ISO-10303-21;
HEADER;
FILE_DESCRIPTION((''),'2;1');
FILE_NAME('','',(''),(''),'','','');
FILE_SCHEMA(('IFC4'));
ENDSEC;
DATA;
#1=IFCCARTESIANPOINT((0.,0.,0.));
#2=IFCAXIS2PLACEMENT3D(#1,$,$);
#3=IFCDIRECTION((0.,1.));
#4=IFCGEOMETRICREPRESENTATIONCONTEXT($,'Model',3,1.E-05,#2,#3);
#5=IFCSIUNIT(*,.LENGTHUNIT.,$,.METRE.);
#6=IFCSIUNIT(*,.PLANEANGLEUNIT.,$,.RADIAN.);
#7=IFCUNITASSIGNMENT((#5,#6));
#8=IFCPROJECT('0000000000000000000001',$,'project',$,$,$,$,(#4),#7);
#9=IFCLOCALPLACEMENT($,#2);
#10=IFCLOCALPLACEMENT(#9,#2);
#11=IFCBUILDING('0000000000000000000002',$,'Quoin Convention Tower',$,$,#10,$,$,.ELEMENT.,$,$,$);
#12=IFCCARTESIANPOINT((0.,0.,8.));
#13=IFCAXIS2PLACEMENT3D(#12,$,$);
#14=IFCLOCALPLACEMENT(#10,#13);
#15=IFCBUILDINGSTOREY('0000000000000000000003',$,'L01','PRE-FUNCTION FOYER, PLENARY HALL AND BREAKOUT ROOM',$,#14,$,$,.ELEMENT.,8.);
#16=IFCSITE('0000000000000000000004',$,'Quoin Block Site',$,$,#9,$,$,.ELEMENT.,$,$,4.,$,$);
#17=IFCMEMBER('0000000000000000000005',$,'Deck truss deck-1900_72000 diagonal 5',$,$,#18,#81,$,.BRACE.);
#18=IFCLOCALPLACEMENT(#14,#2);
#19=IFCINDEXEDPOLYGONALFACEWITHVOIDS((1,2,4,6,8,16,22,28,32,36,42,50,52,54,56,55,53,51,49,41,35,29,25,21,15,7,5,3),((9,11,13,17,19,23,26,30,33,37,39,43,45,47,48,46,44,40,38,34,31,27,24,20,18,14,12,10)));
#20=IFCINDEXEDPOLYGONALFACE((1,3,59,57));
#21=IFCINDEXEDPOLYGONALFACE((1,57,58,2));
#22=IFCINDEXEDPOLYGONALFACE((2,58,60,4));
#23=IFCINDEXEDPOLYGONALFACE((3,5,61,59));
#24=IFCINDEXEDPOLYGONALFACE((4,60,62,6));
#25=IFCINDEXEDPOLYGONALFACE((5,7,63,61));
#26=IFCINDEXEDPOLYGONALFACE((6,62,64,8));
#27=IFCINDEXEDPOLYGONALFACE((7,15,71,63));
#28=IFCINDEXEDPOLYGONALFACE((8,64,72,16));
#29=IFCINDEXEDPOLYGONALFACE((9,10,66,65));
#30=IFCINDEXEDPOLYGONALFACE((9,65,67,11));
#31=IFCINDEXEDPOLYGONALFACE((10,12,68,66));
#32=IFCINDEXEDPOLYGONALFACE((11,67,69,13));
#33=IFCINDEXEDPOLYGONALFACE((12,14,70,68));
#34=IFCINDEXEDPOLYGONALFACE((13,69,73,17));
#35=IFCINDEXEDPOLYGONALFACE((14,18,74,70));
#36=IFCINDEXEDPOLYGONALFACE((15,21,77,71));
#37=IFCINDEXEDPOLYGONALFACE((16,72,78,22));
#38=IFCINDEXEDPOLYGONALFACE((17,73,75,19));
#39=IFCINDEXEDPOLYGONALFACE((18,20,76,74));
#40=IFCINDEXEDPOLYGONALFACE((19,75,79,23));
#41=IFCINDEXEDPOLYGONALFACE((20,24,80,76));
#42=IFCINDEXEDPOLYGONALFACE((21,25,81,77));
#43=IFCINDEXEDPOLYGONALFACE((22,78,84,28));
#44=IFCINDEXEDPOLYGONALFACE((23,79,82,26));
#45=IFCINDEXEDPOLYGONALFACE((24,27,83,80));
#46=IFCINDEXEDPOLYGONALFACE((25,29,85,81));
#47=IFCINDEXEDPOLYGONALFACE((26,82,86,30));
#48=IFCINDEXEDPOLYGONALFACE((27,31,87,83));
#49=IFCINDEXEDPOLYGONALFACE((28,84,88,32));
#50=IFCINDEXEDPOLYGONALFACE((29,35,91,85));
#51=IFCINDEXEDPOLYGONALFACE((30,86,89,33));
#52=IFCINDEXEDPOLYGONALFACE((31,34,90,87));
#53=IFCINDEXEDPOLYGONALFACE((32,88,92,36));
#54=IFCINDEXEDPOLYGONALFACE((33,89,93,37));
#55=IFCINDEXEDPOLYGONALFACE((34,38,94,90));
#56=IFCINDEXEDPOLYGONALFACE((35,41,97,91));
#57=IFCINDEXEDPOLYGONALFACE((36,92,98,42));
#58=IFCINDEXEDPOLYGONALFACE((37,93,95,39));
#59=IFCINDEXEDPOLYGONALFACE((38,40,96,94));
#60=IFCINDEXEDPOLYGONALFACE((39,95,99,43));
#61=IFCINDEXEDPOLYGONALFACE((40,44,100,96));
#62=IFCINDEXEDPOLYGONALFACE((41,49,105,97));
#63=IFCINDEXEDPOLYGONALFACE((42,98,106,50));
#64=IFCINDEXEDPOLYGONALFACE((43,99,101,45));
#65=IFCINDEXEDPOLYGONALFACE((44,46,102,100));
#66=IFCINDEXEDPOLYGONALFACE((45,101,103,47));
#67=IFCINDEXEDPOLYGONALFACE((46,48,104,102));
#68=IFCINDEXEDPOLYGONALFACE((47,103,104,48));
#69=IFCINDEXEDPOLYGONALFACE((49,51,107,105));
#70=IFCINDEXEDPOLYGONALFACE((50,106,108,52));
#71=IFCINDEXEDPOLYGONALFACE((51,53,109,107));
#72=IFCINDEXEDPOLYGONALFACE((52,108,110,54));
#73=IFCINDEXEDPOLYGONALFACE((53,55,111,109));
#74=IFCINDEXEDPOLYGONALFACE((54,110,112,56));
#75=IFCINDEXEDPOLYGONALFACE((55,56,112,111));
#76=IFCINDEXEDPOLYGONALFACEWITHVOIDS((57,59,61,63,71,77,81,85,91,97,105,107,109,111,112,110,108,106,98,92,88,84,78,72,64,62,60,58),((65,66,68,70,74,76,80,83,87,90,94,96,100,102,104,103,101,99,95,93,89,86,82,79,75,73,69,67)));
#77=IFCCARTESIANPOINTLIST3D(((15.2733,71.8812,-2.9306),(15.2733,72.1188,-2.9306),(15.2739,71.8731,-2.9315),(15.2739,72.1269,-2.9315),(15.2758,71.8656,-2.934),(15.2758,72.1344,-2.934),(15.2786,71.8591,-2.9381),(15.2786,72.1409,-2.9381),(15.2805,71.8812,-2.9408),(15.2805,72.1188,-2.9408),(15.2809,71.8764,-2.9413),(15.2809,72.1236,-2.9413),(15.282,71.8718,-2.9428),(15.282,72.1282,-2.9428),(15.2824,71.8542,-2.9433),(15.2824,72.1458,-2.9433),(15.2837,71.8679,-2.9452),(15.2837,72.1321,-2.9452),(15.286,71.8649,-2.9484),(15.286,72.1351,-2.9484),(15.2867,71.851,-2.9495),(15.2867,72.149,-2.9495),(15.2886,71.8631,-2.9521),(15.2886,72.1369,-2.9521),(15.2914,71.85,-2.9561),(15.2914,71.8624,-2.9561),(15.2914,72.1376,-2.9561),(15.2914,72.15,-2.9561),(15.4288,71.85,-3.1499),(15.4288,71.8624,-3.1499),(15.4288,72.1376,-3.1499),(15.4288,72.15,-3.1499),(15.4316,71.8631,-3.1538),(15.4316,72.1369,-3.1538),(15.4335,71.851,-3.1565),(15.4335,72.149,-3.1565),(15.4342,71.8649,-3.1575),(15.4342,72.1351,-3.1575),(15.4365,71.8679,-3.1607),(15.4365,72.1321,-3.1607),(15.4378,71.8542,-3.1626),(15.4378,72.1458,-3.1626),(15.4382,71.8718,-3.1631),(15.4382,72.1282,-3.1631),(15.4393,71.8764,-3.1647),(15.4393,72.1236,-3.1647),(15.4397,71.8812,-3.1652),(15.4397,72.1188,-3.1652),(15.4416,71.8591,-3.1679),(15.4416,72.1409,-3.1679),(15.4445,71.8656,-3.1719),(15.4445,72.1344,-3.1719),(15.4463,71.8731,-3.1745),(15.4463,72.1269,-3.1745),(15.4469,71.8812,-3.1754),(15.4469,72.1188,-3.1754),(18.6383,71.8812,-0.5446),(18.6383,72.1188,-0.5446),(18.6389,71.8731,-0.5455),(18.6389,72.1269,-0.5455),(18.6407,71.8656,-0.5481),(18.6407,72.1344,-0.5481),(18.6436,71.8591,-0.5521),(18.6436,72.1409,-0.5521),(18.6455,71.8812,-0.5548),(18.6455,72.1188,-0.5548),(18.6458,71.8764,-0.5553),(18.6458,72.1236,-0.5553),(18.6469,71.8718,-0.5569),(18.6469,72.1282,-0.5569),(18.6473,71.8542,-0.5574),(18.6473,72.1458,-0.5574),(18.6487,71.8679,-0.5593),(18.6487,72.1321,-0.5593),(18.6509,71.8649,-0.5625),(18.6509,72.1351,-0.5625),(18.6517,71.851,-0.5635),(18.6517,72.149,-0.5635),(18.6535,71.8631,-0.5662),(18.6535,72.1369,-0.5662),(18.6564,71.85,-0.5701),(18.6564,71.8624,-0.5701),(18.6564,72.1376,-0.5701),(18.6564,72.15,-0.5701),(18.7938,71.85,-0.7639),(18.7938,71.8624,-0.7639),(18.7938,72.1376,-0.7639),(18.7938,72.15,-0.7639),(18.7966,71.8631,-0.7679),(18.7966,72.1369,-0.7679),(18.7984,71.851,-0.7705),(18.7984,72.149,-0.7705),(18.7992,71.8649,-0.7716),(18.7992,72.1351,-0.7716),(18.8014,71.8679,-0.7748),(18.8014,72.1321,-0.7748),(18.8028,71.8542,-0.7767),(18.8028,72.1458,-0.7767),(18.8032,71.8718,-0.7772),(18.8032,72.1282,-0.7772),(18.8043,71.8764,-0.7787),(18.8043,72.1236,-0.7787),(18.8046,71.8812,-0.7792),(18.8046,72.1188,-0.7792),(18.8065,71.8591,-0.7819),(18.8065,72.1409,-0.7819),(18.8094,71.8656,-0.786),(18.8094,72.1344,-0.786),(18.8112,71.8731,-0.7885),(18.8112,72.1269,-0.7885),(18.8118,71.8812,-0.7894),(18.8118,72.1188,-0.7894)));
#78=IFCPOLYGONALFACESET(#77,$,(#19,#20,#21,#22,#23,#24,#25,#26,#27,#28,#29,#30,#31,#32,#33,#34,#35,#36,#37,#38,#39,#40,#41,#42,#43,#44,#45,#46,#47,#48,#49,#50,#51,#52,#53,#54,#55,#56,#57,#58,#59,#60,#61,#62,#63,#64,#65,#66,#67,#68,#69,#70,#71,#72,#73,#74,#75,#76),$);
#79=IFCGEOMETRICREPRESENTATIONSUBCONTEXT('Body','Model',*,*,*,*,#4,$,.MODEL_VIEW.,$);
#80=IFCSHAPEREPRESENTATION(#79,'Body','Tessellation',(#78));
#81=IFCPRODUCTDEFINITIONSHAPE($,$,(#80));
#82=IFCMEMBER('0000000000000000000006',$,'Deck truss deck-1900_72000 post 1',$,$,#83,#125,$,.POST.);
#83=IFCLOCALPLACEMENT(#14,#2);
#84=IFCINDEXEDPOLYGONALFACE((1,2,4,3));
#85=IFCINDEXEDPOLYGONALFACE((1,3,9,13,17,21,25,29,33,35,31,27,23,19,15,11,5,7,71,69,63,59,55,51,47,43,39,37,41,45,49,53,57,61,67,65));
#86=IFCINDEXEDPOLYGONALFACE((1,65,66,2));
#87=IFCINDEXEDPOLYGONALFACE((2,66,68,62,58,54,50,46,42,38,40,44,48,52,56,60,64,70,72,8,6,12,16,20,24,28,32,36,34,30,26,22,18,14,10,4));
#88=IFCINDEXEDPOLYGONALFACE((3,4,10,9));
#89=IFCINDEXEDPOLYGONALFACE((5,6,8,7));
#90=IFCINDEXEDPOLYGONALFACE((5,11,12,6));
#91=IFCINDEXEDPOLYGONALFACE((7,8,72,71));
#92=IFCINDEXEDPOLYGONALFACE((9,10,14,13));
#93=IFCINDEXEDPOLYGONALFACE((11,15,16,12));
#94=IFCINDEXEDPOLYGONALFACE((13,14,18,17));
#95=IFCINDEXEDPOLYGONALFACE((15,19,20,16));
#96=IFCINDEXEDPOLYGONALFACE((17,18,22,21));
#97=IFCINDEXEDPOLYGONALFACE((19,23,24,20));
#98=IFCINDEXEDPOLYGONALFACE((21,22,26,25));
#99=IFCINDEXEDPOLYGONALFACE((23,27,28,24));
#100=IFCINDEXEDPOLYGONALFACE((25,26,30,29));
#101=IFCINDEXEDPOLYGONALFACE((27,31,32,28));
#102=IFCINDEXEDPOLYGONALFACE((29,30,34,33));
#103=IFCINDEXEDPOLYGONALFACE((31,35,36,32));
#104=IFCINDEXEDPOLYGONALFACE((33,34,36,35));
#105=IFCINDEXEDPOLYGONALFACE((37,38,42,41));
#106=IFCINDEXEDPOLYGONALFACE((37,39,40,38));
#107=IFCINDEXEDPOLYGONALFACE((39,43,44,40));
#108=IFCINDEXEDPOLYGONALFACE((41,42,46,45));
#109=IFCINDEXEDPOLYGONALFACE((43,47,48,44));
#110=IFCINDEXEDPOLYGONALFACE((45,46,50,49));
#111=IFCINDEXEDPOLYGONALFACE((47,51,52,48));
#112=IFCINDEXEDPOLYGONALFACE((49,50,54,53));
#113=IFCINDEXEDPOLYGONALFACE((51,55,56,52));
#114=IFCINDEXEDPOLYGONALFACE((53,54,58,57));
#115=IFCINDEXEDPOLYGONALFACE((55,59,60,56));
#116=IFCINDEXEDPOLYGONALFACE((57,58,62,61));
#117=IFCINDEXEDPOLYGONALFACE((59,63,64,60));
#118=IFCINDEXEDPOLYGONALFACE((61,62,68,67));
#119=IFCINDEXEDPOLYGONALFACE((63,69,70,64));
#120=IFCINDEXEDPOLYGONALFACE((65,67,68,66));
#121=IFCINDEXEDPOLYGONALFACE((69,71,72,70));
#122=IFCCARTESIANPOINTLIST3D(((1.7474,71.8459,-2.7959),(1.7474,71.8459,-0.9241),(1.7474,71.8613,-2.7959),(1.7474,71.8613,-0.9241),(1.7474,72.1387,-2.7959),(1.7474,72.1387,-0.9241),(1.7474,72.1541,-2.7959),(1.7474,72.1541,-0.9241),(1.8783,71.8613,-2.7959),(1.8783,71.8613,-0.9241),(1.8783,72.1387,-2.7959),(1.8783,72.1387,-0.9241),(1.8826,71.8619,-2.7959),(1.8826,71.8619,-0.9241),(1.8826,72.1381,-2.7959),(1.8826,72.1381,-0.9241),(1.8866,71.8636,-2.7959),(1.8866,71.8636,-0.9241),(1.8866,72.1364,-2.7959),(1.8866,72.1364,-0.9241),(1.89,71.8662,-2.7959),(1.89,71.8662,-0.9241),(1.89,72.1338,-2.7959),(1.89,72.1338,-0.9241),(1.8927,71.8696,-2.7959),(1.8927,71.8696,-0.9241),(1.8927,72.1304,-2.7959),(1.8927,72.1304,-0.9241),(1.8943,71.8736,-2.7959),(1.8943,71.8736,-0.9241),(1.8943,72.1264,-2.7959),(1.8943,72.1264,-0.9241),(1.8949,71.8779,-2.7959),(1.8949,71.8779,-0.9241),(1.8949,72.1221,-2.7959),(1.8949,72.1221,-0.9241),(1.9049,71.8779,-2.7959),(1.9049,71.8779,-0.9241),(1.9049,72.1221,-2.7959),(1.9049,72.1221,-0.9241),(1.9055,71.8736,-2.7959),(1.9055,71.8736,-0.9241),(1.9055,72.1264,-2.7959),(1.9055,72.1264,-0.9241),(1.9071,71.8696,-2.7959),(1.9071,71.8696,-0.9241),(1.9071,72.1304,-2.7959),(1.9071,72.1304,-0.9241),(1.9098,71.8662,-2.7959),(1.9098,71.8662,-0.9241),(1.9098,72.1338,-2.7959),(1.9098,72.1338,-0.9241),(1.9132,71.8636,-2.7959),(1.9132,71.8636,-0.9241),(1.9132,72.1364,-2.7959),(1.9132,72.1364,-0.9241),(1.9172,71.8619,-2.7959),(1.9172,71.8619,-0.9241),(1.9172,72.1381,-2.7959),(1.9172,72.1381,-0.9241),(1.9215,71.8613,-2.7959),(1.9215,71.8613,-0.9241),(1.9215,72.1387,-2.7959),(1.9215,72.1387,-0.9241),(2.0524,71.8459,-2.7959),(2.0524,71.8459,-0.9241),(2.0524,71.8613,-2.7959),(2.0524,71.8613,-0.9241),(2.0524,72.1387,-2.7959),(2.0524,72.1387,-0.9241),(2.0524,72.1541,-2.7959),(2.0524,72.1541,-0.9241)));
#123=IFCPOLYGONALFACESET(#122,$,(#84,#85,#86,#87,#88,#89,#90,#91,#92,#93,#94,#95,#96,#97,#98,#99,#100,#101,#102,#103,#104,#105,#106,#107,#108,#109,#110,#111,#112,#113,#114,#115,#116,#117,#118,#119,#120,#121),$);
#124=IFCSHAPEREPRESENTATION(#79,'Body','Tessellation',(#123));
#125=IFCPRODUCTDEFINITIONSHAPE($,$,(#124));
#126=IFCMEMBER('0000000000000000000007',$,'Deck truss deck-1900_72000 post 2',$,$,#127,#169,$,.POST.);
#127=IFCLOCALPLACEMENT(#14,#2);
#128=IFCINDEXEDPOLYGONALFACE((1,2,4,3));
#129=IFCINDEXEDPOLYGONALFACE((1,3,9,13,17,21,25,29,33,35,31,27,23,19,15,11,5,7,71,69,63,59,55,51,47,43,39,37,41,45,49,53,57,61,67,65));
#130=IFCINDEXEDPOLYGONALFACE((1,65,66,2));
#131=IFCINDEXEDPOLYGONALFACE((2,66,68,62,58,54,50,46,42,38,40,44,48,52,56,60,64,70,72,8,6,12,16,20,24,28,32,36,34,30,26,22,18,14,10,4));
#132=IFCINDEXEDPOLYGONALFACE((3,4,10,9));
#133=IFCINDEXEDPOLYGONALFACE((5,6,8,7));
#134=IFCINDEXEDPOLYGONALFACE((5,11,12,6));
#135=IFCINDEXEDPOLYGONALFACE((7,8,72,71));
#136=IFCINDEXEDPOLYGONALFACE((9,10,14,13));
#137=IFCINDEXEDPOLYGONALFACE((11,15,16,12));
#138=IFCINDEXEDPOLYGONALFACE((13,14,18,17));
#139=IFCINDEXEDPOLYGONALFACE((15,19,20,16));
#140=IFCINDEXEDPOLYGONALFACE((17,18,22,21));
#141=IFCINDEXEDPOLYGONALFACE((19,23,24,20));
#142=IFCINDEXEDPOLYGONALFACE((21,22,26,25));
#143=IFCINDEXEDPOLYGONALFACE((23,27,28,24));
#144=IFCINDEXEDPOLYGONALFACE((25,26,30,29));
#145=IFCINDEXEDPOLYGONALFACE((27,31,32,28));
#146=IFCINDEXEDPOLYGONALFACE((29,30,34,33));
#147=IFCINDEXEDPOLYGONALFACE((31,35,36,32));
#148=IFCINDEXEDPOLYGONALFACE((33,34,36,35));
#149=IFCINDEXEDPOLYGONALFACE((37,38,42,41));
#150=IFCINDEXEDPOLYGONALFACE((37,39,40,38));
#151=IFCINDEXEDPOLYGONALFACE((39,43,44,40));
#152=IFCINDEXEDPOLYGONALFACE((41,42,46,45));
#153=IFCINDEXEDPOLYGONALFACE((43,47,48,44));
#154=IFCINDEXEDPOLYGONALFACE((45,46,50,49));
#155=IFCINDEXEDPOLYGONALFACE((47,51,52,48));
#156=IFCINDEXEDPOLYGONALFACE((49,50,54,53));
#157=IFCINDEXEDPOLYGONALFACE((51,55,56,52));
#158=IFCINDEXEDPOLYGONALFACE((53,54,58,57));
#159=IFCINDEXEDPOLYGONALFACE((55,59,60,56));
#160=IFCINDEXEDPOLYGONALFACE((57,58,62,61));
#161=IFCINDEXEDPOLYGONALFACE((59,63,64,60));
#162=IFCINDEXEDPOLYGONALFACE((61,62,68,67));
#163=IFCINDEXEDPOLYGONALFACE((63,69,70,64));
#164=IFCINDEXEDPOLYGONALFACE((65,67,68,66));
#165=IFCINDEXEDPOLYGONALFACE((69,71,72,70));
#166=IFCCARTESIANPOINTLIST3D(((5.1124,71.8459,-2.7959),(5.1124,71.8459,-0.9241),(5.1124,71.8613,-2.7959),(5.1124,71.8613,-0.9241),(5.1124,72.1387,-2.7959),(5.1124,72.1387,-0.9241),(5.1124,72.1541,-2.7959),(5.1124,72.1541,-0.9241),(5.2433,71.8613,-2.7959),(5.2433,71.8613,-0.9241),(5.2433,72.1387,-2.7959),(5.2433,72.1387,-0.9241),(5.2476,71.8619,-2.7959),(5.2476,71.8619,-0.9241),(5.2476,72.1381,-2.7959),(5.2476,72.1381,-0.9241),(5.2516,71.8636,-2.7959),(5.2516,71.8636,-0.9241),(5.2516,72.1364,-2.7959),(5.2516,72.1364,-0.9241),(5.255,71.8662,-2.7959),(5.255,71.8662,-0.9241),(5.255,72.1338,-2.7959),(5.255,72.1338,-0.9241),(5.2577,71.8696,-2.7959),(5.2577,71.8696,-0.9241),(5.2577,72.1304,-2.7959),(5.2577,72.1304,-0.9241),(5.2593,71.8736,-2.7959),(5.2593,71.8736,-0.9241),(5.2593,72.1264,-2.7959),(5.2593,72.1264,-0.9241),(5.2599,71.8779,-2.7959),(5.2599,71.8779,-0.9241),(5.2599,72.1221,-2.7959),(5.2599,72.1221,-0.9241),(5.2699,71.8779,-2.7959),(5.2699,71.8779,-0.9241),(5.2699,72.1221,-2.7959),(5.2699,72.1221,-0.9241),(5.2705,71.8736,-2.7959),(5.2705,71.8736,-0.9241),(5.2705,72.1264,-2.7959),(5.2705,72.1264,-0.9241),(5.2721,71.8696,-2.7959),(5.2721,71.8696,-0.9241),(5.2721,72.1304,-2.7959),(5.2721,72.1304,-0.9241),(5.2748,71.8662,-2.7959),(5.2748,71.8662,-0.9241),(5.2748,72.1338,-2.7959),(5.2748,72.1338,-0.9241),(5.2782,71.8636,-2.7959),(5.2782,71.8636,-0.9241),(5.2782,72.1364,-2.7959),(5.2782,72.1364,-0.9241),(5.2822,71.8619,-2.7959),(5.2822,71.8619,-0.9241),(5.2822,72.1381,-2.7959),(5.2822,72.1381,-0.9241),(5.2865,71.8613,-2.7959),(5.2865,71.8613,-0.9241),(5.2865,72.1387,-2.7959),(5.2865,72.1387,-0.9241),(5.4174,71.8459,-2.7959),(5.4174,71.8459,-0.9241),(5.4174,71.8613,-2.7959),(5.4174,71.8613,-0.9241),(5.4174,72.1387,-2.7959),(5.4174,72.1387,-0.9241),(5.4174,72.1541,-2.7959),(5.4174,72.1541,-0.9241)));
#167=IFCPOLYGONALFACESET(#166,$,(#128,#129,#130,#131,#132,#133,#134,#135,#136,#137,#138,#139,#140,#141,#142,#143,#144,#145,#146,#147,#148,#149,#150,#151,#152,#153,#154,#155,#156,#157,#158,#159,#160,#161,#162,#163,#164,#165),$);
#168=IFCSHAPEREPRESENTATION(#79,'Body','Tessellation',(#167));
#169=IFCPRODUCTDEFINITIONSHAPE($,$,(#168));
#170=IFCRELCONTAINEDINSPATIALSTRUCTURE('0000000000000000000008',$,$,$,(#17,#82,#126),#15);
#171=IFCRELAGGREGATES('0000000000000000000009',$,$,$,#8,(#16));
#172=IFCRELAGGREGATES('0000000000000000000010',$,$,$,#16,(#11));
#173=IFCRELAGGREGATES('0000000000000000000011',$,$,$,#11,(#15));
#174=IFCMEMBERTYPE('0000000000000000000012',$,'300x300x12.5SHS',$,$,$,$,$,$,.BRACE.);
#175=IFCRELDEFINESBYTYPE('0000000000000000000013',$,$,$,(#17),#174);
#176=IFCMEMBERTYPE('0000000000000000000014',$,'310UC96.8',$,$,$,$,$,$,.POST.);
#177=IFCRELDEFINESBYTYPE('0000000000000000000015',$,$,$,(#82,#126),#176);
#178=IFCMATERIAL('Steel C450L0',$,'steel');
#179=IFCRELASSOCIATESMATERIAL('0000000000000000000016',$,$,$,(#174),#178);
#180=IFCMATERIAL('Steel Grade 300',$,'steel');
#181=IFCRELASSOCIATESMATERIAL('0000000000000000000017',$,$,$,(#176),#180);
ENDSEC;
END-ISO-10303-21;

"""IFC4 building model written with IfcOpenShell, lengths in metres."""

from ifc_helpers import new_model, si_unit, direction, frame, origin, origin_2d, place, context, subcontext, project, spatial, hollow_rectangle, i_section, extrude, material, material_profile, profile_set, type_object, element, save


model = new_model("IFC4")

# Units and contexts
model_context = context("Model", 3, precision=1e-05, world=origin(), true_north=direction((0.0, 1.0)))
body_context = subcontext(model_context, "Body", "Model", "MODEL_VIEW")
ifc_project = project(units=[si_unit("LENGTHUNIT", "METRE"), si_unit("PLANEANGLEUNIT", "RADIAN")], contexts=[model_context])

# Site, building, storey
site_placement = place(None, origin())
site = spatial("IfcSite", under=ifc_project, at=site_placement, Name="Quoin Block Site", CompositionType="ELEMENT", RefElevation=4.0)
building_placement = place(site_placement, origin())
building = spatial("IfcBuilding", under=site, at=building_placement, Name="Quoin Convention Tower", CompositionType="ELEMENT")
storey_placement = place(building_placement, frame((0.0, 0.0, 8.0)))
storey = spatial("IfcBuildingStorey", under=building, at=storey_placement, Name="L01", Description="PRE-FUNCTION FOYER, PLENARY HALL AND BREAKOUT ROOM", CompositionType="ELEMENT", Elevation=8.0)

# Shared definitions
ifc_material_1 = material(Name="Steel Grade 300", Category="steel")
ifc_material_2 = material(Name="Steel C450L0", Category="steel")

# Members
ifc_material_profile_1 = material_profile(ifc_material_2, hollow_rectangle(XDim=0.3, YDim=0.3, WallThickness=0.0125, InnerFilletRadius=0.0188, OuterFilletRadius=0.0312, at=origin_2d()), Name="300x300x12.5SHS")
ifc_profile_set_1 = profile_set([ifc_material_profile_1], Name="Steel C450L0")
member_type_1 = type_object("IfcMemberType", Name="300x300x12.5SHS", PredefinedType="BRACE", material=ifc_profile_set_1)
for number, where, z_axis, x_axis, name in (
    (1, (15.3601, 72.0, -3.053), (0.815744, 0.0, 0.578413), (0.0, 1.0, 0.0), "Deck truss deck-1900_72000 diagonal 5"),
):
    element("IfcMember", number, at=place(storey_placement, frame(where, z_axis=z_axis, x_axis=x_axis)), inside=storey, type_object=member_type_1, Name=name, PredefinedType="BRACE", context=body_context, shape_type="SweptSolid", body=[
        extrude(hollow_rectangle(XDim=0.3, YDim=0.3, WallThickness=0.0125, InnerFilletRadius=0.0188, OuterFilletRadius=0.0312, at=origin_2d()), origin(), (0.0, 0.0, 1.0), 4.125),
    ])
ifc_material_profile_2 = material_profile(ifc_material_1, i_section(OverallWidth=0.3049, OverallDepth=0.3081, WebThickness=0.01, FlangeThickness=0.0154, FilletRadius=0.0166, at=origin_2d()), Name="310UC96.8")
ifc_profile_set_2 = profile_set([ifc_material_profile_2], Name="Steel Grade 300")
member_type_2 = type_object("IfcMemberType", Name="310UC96.8", PredefinedType="POST", material=ifc_profile_set_2)
for number, where, z_axis, x_axis, name in (
    (2, (1.8999, 72.0, -2.7959), (0.0, 0.0, 1.0), (1.0, 0.0, 0.0), "Deck truss deck-1900_72000 post 1"),
    (3, (5.2649, 72.0, -2.7959), (0.0, 0.0, 1.0), (1.0, 0.0, 0.0), "Deck truss deck-1900_72000 post 2"),
):
    element("IfcMember", number, at=place(storey_placement, frame(where, z_axis=z_axis, x_axis=x_axis)), inside=storey, type_object=member_type_2, Name=name, PredefinedType="POST", context=body_context, shape_type="SweptSolid", body=[
        extrude(i_section(OverallWidth=0.3049, OverallDepth=0.3081, WebThickness=0.01, FlangeThickness=0.0154, FilletRadius=0.0166, at=origin_2d()), origin(), (0.0, 0.0, 1.0), 1.8718),
    ])

save(model, "model.ifc")
